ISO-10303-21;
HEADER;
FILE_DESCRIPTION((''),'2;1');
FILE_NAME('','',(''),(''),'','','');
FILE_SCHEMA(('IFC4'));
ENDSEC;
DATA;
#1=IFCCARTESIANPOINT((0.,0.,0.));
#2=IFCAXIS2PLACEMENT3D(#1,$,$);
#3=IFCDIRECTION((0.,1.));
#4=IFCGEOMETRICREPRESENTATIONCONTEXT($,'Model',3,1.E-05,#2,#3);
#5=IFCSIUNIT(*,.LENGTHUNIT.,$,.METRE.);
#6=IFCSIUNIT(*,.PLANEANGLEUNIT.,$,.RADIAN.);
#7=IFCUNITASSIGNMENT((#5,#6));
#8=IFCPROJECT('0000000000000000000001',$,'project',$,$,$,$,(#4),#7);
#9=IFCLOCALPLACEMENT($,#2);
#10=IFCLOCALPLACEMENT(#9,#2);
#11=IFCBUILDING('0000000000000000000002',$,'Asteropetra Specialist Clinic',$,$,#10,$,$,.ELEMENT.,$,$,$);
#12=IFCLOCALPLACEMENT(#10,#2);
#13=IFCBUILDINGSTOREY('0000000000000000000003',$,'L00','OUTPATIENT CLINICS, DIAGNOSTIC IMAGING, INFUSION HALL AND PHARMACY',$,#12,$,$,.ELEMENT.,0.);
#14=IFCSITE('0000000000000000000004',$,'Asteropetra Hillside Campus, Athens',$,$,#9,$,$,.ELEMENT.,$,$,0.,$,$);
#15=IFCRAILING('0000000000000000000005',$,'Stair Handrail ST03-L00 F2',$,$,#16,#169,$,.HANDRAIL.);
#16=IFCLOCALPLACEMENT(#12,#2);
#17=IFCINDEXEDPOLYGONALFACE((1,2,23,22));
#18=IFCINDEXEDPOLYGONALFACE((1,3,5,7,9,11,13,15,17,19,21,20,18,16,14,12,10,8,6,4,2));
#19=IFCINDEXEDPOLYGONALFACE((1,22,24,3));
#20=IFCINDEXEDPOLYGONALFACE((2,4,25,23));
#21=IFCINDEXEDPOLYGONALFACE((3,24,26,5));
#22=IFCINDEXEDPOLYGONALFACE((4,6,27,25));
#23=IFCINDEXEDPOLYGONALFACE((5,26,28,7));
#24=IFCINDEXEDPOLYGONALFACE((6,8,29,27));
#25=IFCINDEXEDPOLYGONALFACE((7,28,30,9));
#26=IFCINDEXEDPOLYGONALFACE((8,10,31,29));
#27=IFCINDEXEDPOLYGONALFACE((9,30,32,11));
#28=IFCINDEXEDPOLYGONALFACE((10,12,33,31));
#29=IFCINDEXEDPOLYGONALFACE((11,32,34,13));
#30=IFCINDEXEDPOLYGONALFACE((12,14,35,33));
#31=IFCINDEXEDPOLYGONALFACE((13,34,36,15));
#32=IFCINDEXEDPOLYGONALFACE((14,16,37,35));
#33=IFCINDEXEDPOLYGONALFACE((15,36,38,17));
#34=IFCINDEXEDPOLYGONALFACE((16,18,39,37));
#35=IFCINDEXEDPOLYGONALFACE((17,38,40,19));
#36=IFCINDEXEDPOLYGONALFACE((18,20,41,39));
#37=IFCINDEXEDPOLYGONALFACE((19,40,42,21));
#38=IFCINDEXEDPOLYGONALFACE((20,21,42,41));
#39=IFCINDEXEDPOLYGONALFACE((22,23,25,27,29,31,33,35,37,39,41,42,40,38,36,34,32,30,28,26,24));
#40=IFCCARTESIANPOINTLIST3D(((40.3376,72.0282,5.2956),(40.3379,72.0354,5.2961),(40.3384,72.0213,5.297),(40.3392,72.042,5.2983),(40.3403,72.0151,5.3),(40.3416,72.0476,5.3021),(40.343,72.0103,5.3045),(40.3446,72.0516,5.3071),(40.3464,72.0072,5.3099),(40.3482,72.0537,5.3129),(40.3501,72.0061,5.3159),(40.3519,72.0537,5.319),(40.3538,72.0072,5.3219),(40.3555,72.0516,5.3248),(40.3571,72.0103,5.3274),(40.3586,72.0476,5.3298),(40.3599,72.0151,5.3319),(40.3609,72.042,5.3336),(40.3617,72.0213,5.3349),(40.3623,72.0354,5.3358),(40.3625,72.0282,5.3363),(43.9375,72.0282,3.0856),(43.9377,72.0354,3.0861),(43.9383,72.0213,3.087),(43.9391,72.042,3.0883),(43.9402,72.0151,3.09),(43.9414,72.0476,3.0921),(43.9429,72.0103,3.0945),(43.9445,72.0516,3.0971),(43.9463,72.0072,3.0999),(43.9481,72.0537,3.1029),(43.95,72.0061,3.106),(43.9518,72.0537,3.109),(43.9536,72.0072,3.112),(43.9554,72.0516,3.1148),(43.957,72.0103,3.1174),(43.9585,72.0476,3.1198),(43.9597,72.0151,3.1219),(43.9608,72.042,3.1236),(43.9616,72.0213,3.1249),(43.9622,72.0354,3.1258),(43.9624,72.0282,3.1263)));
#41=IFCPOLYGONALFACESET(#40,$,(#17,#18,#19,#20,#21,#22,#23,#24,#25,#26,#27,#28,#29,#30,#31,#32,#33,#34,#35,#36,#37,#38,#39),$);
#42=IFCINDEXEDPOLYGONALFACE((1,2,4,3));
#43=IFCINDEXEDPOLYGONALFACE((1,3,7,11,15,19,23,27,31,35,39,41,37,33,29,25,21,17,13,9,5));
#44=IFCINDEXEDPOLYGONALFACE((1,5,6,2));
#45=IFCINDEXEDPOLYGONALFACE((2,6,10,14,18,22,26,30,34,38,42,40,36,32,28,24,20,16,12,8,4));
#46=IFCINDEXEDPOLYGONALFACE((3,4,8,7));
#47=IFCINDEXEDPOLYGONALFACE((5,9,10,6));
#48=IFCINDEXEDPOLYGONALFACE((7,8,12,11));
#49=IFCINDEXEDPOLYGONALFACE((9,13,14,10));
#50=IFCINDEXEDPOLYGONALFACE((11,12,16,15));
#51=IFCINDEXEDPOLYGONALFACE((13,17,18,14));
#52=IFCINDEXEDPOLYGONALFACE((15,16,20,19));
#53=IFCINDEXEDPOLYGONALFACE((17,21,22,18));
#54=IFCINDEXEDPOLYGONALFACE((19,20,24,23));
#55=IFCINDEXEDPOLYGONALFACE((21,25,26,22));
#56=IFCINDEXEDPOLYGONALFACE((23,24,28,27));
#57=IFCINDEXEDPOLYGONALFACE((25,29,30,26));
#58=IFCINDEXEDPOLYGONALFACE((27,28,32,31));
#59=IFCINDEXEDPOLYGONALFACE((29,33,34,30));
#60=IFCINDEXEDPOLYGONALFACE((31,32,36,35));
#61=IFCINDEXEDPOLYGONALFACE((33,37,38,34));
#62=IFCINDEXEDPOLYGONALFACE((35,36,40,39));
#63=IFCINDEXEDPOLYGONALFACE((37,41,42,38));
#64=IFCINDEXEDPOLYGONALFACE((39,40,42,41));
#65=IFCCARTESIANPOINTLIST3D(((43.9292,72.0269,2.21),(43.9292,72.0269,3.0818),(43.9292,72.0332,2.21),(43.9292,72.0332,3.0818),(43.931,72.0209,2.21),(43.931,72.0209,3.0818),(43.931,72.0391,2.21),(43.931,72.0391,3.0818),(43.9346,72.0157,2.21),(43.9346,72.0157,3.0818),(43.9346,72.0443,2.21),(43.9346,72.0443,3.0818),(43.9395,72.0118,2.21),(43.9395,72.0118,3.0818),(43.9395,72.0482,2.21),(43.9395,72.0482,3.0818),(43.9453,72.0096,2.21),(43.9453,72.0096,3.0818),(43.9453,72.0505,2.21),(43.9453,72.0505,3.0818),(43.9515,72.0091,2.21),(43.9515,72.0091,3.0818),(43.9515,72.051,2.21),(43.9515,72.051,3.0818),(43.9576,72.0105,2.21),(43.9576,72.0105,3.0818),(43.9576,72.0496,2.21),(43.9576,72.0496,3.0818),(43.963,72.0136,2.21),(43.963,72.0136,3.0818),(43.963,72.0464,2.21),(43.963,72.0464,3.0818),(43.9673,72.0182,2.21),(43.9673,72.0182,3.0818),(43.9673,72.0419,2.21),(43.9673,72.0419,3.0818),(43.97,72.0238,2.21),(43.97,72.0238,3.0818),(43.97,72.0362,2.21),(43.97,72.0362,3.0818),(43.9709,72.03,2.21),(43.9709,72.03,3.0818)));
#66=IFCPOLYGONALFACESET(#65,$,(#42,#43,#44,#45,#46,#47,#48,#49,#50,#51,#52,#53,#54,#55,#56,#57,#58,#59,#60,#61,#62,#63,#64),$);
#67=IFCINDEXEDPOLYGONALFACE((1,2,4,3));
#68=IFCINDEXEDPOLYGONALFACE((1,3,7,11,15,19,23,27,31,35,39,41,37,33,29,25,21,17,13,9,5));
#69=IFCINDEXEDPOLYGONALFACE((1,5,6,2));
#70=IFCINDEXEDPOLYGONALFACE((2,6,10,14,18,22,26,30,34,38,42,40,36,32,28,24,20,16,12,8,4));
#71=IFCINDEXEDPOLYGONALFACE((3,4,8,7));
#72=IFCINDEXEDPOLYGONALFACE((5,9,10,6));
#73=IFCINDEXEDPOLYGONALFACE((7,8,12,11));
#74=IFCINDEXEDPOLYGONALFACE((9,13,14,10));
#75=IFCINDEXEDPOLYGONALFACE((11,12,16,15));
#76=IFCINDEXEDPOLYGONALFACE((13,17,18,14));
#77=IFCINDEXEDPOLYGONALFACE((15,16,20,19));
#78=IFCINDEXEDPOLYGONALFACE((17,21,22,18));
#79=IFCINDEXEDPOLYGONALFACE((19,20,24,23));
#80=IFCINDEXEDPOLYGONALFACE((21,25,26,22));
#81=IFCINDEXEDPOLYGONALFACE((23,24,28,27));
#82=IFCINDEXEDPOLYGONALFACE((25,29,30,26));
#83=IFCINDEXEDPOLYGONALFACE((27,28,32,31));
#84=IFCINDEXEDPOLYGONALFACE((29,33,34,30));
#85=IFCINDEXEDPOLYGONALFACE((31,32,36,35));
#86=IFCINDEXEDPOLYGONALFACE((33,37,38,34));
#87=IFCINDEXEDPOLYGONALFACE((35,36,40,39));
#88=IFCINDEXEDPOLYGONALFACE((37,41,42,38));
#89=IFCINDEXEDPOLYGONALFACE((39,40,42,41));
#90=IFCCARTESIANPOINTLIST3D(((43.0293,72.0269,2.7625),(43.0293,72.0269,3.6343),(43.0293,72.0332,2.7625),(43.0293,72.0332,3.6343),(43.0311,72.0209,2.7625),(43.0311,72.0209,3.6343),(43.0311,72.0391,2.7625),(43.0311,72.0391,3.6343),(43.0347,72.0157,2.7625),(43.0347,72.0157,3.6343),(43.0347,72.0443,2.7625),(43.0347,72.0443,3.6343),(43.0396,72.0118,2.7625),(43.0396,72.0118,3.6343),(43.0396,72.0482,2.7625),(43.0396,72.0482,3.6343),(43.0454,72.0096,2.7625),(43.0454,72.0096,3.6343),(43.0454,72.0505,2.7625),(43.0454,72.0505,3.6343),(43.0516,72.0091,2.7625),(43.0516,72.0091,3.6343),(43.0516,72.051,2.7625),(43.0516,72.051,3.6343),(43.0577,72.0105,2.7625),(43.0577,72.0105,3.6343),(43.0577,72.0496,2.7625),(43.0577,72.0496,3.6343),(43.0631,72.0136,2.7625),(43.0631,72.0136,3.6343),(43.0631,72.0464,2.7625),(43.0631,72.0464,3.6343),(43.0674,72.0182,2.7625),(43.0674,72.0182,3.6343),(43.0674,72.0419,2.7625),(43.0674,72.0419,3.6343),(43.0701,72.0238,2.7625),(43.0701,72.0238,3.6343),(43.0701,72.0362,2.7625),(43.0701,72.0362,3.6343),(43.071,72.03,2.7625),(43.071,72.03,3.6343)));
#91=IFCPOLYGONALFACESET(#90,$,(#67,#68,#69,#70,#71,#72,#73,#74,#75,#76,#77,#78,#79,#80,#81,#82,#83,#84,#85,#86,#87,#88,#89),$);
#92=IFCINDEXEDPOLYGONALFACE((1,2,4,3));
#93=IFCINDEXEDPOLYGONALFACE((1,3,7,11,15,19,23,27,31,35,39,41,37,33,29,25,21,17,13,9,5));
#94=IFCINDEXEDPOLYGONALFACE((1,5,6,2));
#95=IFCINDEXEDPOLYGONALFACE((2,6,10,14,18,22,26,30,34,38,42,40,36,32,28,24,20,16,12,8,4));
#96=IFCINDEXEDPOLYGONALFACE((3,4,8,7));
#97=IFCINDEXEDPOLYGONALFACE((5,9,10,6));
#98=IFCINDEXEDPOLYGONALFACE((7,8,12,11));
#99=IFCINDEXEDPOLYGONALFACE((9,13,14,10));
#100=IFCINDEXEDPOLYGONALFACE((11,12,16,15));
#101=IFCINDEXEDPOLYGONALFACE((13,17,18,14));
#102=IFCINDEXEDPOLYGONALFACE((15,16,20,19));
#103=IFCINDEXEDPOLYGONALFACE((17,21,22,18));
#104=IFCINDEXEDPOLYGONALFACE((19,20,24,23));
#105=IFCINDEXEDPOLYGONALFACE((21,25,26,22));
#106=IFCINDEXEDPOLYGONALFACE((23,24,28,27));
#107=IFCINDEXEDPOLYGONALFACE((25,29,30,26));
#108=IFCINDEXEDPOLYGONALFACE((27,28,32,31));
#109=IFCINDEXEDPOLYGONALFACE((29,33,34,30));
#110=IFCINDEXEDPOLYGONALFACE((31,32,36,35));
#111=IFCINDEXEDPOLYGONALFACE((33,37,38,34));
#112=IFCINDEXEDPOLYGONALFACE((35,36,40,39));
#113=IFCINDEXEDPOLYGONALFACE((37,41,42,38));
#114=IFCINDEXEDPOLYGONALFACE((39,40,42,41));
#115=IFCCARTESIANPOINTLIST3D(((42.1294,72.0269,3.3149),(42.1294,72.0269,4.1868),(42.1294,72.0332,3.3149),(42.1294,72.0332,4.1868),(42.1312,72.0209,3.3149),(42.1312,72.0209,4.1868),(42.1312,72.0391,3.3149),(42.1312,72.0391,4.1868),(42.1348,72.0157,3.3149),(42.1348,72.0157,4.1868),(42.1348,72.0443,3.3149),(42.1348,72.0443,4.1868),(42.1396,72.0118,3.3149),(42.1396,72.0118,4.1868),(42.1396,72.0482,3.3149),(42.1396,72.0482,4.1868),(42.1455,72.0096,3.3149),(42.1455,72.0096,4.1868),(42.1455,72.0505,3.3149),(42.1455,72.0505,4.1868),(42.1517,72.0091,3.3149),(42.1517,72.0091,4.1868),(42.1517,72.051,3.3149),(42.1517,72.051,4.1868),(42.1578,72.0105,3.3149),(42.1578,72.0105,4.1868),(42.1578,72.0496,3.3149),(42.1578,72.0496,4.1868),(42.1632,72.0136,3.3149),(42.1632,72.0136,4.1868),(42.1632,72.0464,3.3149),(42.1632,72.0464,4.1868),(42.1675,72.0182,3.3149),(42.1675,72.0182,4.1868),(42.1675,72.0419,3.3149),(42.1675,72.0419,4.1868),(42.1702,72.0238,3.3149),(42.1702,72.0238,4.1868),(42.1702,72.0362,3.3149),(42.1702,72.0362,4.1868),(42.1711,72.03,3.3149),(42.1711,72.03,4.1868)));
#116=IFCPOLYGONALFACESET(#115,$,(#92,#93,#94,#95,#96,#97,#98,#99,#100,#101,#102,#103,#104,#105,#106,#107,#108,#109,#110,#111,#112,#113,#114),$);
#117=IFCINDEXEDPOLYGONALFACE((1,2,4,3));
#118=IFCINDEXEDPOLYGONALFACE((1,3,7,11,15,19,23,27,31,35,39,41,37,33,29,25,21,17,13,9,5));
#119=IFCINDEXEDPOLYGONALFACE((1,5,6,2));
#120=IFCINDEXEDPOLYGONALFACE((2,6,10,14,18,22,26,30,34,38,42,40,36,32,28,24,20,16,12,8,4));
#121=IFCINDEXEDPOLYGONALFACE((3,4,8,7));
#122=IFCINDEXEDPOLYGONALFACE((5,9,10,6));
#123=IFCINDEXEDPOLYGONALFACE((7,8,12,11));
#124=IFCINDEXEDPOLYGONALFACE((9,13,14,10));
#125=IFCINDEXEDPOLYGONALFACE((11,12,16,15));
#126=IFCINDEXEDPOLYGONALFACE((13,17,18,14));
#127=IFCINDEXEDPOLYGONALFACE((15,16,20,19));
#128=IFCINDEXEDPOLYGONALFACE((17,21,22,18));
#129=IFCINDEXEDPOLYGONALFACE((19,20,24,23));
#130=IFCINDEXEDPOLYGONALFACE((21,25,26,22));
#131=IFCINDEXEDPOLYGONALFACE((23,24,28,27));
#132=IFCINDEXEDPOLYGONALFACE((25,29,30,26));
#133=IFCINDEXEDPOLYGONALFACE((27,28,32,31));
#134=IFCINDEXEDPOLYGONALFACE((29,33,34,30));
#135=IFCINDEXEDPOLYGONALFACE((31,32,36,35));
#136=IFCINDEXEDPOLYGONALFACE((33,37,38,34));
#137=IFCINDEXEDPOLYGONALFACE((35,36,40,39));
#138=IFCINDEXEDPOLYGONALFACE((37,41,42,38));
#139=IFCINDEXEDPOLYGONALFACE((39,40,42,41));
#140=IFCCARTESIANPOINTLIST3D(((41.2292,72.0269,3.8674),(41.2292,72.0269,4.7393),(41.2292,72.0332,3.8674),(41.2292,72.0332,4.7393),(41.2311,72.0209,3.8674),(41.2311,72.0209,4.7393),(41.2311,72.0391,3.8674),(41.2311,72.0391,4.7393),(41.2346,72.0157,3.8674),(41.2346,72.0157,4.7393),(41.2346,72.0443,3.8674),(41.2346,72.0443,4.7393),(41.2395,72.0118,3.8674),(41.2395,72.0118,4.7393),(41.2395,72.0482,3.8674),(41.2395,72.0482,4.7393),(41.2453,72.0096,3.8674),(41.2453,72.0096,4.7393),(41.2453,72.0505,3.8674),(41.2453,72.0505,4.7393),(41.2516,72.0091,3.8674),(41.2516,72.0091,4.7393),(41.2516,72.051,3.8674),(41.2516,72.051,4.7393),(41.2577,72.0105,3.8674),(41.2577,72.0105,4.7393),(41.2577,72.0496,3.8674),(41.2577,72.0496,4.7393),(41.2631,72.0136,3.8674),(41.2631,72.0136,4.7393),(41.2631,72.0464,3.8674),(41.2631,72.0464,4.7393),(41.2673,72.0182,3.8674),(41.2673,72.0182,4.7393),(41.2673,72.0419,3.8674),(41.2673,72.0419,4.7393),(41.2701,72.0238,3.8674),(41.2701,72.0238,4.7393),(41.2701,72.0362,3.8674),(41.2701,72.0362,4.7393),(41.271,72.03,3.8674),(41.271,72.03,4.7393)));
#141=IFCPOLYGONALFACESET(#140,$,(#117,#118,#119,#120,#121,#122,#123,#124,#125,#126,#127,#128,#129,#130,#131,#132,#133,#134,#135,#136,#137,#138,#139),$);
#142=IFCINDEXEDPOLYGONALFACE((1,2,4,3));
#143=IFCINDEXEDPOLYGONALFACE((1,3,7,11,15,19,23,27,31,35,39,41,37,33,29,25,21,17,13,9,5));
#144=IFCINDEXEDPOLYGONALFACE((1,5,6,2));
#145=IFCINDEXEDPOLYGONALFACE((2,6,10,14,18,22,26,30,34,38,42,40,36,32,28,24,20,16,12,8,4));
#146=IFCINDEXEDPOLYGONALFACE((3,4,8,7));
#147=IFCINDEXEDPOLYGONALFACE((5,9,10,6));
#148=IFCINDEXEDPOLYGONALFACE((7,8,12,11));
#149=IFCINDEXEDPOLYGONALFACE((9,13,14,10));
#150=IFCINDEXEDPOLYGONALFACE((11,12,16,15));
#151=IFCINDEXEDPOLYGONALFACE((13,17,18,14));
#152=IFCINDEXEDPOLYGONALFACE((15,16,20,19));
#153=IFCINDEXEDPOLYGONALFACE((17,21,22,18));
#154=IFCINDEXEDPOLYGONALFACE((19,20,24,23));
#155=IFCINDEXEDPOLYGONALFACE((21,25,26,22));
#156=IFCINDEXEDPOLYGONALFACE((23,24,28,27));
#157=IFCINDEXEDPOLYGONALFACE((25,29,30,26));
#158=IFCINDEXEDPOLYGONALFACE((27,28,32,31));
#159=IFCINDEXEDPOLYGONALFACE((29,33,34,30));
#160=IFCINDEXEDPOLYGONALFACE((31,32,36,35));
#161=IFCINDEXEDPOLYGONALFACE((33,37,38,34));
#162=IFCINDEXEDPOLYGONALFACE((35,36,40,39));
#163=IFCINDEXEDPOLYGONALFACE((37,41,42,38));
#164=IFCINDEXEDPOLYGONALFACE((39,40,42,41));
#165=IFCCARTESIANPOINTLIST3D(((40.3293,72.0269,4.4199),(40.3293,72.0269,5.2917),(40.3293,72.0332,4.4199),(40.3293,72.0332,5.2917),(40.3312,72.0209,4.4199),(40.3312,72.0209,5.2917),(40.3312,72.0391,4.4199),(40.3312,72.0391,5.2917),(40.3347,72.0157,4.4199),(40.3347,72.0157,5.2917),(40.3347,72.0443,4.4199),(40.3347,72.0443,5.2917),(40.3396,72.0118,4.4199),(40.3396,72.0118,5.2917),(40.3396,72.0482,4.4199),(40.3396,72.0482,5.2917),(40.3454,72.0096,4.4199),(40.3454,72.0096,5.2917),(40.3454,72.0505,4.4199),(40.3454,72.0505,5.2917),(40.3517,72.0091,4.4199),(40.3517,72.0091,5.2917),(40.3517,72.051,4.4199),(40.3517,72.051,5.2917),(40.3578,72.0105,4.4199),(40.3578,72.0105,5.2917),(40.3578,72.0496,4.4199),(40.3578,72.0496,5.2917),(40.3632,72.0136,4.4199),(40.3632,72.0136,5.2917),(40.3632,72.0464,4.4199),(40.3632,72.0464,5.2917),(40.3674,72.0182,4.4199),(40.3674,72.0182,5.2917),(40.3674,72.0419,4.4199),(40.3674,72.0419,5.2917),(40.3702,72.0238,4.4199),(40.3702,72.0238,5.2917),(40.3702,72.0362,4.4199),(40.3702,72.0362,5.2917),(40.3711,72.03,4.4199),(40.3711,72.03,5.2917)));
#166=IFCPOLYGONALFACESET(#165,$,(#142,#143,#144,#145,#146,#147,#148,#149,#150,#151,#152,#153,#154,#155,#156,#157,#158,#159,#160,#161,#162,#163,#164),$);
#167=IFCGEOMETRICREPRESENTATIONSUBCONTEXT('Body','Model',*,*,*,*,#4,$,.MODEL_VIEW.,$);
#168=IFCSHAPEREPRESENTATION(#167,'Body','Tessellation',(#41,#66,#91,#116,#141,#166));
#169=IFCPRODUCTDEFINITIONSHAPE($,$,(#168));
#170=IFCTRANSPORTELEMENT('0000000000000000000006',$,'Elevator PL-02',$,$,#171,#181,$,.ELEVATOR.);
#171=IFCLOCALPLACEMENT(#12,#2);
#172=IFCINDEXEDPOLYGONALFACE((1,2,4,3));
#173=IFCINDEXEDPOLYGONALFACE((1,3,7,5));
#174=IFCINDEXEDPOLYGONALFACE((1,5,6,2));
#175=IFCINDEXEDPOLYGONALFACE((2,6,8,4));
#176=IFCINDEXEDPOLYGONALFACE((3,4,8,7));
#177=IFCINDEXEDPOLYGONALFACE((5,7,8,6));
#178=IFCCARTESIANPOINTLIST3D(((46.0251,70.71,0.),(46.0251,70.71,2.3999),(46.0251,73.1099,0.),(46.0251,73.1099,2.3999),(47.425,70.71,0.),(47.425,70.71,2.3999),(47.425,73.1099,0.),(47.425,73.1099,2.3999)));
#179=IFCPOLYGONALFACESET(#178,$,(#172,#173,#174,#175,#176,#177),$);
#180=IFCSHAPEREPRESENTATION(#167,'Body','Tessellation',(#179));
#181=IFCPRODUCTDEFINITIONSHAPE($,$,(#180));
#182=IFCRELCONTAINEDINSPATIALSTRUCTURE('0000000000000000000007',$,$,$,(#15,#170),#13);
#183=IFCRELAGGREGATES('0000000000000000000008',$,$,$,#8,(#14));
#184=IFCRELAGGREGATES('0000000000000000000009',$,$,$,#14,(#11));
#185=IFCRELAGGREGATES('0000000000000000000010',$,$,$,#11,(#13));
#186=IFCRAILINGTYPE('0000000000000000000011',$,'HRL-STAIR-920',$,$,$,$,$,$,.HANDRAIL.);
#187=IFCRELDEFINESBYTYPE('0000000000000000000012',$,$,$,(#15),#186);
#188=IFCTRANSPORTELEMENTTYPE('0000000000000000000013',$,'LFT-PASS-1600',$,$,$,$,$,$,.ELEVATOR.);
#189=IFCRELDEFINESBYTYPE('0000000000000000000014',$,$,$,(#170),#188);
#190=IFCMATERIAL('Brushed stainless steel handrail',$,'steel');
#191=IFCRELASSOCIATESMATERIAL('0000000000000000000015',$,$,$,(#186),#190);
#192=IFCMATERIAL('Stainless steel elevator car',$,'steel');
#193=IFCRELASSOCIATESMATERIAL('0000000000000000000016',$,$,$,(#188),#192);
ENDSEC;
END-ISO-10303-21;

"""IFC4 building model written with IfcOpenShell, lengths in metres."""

from ifc_helpers import new_model, si_unit, direction, frame, origin, origin_2d, place, context, subcontext, project, spatial, rectangle, circle, extrude, material, type_object, element, save


model = new_model("IFC4")

# Units and contexts
model_context = context("Model", 3, precision=1e-05, world=origin(), true_north=direction((0.0, 1.0)))
body_context = subcontext(model_context, "Body", "Model", "MODEL_VIEW")
ifc_project = project(units=[si_unit("LENGTHUNIT", "METRE"), si_unit("PLANEANGLEUNIT", "RADIAN")], contexts=[model_context])

# Site, building, storey
site_placement = place(None, origin())
site = spatial("IfcSite", under=ifc_project, at=site_placement, Name="Asteropetra Hillside Campus, Athens", CompositionType="ELEMENT", RefElevation=0.0)
building_placement = place(site_placement, origin())
building = spatial("IfcBuilding", under=site, at=building_placement, Name="Asteropetra Specialist Clinic", CompositionType="ELEMENT")
storey_placement = place(building_placement, origin())
storey = spatial("IfcBuildingStorey", under=building, at=storey_placement, Name="L00", Description="OUTPATIENT CLINICS, DIAGNOSTIC IMAGING, INFUSION HALL AND PHARMACY", CompositionType="ELEMENT", Elevation=0.0)

# Railing
ifc_material_1 = material(Name="Brushed stainless steel handrail", Category="steel")
railing_type_1 = type_object("IfcRailingType", Name="HRL-STAIR-920", PredefinedType="HANDRAIL", material=ifc_material_1)
railing_1_placement = place(storey_placement, frame((43.95, 72.03, 2.21)))
element("IfcRailing", 1, at=railing_1_placement, inside=storey, type_object=railing_type_1, Name="Stair Handrail ST03-L00 F2", PredefinedType="HANDRAIL", context=body_context, shape_type="SweptSolid", body=[
    extrude(circle(Radius=0.0239, at=origin_2d()), frame((0.0, 0.0, 0.896), z_axis=(-0.852221, 0.0, 0.523181), x_axis=(0.0, -1.0, 0.0)), (0.0, 0.0, 1.0), 4.2241),
    extrude(circle(Radius=0.021, at=origin_2d()), origin(), (0.0, 0.0, 1.0), 0.8718),
    extrude(circle(Radius=0.021, at=origin_2d()), frame((-0.8999, 0.0, 0.5525)), (0.0, 0.0, 1.0), 0.8718),
    extrude(circle(Radius=0.021, at=origin_2d()), frame((-1.7998, 0.0, 1.105)), (0.0, 0.0, 1.0), 0.8718),
    extrude(circle(Radius=0.021, at=origin_2d()), frame((-2.7, 0.0, 1.6575)), (0.0, 0.0, 1.0), 0.8718),
    extrude(circle(Radius=0.021, at=origin_2d()), frame((-3.5999, 0.0, 2.21)), (0.0, 0.0, 1.0), 0.8718),
])

# Transport element
ifc_material_2 = material(Name="Stainless steel elevator car", Category="steel")
transport_element_type = type_object("IfcTransportElementType", Name="LFT-PASS-1600", PredefinedType="ELEVATOR", material=ifc_material_2)
transport_element_placement = place(storey_placement, frame((46.7251, 71.9099, 0.0), z_axis=(0.0, 0.0, 1.0), x_axis=(1.0, 0.0, 0.0)))
element("IfcTransportElement", 2, at=transport_element_placement, inside=storey, type_object=transport_element_type, Name="Elevator PL-02", PredefinedType="ELEVATOR", context=body_context, shape_type="SweptSolid", body=[
    extrude(rectangle(XDim=1.3999, YDim=2.3999, at=origin_2d()), origin(), (0.0, 0.0, 1.0), 2.3999),
])

save(model, "model.ifc")
